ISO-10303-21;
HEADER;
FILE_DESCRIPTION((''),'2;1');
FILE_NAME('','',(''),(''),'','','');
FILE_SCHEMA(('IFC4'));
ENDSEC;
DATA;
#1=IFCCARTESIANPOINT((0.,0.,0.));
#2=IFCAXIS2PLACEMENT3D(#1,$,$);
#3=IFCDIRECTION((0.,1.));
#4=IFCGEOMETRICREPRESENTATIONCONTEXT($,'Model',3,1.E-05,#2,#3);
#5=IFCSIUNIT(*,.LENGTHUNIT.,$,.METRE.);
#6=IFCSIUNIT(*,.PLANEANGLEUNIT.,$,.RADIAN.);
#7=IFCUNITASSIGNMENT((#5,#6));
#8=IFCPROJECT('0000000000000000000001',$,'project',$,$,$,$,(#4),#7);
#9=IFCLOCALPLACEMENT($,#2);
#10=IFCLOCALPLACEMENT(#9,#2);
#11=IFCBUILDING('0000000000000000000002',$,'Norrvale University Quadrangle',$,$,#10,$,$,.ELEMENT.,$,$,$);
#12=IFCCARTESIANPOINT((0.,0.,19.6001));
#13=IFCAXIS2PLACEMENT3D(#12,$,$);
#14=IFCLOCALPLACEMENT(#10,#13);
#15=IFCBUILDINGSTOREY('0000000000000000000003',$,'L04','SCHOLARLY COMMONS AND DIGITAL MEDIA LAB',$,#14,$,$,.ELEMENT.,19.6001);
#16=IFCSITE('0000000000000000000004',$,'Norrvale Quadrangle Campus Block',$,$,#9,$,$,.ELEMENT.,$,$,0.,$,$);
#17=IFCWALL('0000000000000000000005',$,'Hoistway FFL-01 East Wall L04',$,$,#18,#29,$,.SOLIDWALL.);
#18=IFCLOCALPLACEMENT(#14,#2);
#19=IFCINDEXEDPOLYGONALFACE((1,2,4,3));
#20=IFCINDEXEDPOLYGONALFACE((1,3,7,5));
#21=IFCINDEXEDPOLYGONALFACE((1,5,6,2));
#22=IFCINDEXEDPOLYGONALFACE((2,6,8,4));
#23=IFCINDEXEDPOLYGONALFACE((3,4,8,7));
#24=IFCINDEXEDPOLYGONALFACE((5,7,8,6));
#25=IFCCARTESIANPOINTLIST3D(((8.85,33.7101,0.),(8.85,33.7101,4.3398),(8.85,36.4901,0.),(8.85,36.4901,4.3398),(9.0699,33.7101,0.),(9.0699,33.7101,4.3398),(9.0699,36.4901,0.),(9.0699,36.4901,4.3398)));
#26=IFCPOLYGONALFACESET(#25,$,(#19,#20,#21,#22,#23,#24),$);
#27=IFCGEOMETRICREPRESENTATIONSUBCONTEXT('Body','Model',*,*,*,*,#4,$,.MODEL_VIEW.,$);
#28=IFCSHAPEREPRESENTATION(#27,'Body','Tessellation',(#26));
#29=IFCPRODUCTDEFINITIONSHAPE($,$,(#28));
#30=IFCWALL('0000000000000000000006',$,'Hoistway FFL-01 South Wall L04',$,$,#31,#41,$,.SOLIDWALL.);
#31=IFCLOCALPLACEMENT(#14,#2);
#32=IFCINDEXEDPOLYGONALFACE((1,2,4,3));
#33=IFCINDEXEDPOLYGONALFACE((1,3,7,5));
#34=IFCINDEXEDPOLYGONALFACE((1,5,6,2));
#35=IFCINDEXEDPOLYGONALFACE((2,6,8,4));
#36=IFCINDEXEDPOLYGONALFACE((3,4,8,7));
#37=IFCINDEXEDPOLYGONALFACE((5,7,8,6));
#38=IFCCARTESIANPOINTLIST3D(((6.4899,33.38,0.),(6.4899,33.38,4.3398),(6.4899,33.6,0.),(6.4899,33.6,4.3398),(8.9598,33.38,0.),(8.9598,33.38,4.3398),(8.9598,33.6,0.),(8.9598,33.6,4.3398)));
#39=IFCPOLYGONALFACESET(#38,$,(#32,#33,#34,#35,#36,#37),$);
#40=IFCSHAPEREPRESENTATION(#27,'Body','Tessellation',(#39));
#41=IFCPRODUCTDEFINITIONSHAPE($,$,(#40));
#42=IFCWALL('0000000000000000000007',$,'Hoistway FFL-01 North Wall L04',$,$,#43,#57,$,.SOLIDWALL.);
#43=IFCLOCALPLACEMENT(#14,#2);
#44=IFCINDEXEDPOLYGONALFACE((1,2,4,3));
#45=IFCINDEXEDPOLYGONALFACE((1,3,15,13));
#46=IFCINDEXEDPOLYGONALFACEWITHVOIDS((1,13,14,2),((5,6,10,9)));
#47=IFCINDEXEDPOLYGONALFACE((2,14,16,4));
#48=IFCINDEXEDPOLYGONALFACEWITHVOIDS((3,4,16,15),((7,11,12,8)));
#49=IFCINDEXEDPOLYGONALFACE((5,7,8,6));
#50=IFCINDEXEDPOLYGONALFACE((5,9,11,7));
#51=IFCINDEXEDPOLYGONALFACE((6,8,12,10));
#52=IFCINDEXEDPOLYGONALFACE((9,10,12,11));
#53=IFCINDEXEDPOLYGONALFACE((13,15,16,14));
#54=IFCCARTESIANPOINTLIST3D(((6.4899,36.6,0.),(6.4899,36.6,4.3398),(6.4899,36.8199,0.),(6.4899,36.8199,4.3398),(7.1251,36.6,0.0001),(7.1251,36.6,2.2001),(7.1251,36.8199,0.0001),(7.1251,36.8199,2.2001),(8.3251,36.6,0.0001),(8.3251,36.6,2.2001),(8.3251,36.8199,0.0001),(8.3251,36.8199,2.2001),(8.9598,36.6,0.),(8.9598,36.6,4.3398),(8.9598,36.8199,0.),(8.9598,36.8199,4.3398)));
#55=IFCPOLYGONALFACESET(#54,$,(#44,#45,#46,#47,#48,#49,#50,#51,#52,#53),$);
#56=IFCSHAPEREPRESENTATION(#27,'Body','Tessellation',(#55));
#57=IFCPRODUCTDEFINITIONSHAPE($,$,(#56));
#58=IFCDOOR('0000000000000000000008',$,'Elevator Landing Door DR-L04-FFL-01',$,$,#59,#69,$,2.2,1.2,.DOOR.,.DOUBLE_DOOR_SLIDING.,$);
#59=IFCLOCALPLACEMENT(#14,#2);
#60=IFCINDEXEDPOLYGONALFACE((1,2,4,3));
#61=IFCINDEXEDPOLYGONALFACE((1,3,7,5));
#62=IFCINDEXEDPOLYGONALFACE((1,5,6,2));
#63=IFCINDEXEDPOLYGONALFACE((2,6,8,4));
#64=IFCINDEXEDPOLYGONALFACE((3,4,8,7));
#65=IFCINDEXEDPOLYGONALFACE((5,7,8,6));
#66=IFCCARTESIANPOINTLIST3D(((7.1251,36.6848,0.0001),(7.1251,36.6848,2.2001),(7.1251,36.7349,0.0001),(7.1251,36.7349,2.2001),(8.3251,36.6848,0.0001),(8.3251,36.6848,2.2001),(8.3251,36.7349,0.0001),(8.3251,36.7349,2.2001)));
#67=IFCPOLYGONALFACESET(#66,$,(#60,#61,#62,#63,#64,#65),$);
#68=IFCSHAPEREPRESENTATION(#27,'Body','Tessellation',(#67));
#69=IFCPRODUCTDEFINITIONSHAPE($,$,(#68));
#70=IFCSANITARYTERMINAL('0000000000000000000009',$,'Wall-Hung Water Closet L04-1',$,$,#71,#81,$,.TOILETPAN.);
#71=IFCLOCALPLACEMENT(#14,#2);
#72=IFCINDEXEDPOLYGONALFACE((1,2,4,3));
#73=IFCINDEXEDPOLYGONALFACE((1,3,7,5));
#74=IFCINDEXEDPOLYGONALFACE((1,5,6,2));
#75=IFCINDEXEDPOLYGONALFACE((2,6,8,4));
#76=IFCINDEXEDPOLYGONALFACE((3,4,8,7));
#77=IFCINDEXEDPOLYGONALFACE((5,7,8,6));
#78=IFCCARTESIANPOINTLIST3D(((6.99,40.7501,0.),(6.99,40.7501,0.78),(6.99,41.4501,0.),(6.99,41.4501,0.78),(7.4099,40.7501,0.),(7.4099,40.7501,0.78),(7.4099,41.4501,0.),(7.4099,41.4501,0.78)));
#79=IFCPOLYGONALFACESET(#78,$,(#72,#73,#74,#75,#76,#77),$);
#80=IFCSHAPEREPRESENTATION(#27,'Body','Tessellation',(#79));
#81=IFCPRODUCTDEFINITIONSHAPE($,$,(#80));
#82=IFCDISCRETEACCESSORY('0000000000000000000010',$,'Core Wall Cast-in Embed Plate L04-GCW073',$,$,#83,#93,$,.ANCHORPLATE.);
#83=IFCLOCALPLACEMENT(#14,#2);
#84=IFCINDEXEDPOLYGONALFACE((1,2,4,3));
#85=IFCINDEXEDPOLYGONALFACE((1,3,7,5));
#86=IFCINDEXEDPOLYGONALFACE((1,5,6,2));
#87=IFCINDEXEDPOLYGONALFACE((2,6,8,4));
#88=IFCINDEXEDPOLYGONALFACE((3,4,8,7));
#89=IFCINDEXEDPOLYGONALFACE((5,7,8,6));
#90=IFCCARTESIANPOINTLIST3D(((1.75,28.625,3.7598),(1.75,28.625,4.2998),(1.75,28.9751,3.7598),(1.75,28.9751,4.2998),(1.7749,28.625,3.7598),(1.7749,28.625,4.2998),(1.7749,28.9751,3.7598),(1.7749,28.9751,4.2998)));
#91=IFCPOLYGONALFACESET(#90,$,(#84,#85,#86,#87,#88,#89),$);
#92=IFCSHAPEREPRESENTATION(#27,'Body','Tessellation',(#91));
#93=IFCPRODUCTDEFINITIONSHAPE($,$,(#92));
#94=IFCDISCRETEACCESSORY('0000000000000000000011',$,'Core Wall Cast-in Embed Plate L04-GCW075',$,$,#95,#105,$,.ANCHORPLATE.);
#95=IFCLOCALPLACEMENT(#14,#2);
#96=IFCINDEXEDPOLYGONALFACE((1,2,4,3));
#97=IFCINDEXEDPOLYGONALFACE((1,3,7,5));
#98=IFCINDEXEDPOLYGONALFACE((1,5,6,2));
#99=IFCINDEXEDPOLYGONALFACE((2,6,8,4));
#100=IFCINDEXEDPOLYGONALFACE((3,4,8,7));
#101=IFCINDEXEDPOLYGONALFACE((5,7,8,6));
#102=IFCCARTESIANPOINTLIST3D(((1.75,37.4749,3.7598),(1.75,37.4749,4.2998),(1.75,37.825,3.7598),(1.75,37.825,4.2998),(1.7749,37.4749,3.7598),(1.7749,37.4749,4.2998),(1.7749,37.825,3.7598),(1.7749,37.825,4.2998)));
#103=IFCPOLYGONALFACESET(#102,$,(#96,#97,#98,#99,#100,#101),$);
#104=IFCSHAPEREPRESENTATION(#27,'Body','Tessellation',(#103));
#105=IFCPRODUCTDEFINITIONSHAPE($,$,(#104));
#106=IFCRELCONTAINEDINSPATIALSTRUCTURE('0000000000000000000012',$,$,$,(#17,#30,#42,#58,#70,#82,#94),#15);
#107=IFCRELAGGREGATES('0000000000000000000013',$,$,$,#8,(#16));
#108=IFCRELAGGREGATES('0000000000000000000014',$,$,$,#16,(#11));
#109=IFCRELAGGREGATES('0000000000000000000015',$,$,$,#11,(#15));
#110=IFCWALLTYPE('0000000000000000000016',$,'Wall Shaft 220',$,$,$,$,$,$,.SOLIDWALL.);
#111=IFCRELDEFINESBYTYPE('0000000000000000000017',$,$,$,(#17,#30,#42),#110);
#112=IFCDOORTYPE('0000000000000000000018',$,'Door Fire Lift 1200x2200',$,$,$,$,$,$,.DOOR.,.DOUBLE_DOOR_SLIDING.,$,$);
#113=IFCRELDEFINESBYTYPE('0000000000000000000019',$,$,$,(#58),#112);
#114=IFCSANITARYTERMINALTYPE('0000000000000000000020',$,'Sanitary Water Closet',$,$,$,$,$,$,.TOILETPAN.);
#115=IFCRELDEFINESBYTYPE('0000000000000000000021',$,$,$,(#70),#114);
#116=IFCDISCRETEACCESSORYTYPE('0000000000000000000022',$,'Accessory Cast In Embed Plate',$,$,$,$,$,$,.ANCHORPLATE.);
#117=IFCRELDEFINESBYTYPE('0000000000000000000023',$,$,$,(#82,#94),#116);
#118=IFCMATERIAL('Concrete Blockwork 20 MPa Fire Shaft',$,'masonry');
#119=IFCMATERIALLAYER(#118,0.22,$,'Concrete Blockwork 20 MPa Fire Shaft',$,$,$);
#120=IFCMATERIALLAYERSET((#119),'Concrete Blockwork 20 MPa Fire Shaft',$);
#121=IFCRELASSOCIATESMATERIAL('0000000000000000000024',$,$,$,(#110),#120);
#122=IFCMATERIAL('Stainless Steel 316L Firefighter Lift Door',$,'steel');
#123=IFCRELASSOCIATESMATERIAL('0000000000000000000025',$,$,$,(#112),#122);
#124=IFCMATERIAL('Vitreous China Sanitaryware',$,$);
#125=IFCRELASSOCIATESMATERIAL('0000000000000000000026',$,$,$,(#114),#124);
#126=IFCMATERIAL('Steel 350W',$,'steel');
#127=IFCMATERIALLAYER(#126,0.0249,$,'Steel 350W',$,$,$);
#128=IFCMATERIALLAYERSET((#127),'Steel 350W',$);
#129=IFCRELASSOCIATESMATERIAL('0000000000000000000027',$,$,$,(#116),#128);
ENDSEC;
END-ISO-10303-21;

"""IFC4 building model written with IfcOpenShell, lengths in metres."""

from ifc_helpers import new_model, si_unit, direction, frame, frame_2d, origin, origin_2d, place, context, subcontext, project, spatial, rectangle, extrude, material, layer, layer_set, type_object, element, fill, save


model = new_model("IFC4")

# Units and contexts
model_context = context("Model", 3, precision=1e-05, world=origin(), true_north=direction((0.0, 1.0)))
body_context = subcontext(model_context, "Body", "Model", "MODEL_VIEW")
ifc_project = project(units=[si_unit("LENGTHUNIT", "METRE"), si_unit("PLANEANGLEUNIT", "RADIAN")], contexts=[model_context])

# Site, building, storey
site_placement = place(None, origin())
site = spatial("IfcSite", under=ifc_project, at=site_placement, Name="Norrvale Quadrangle Campus Block", CompositionType="ELEMENT", RefElevation=0.0)
building_placement = place(site_placement, origin())
building = spatial("IfcBuilding", under=site, at=building_placement, Name="Norrvale University Quadrangle", CompositionType="ELEMENT")
storey_placement = place(building_placement, frame((0.0, 0.0, 19.6001)))
storey = spatial("IfcBuildingStorey", under=building, at=storey_placement, Name="L04", Description="SCHOLARLY COMMONS AND DIGITAL MEDIA LAB", CompositionType="ELEMENT", Elevation=19.6001)

# Shared definitions
ifc_material_1 = material(Name="Steel 350W", Category="steel")

# Shared definitions
ifc_material_2 = material(Name="Concrete Blockwork 20 MPa Fire Shaft", Category="masonry")
ifc_layer_1 = layer(ifc_material_2, 0.22, Name="Concrete Blockwork 20 MPa Fire Shaft")
ifc_layer_set_1 = layer_set([ifc_layer_1], Name="Concrete Blockwork 20 MPa Fire Shaft")
wall_type_1 = type_object("IfcWallType", Name="Wall Shaft 220", PredefinedType="SOLIDWALL", material=ifc_layer_set_1)

# Walls
for number, where, z_axis, x_axis, name in (
    (1, (8.96, 33.71, 0.0), (0.0, 0.0, 1.0), (0.0, 1.0, 0.0), "Hoistway FFL-01 East Wall L04"),
):
    element("IfcWall", number, at=place(storey_placement, frame(where, z_axis=z_axis, x_axis=x_axis)), inside=storey, type_object=wall_type_1, Name=name, PredefinedType="SOLIDWALL", context=body_context, shape_type="SweptSolid", body=[
        extrude(rectangle(XDim=2.78, YDim=0.22, at=frame_2d((1.3901, 0.0))), origin(), (0.0, 0.0, 1.0), 4.3398),
    ])
wall_1_placement = place(storey_placement, frame((6.49, 33.49, 0.0), z_axis=(0.0, 0.0, 1.0), x_axis=(1.0, 0.0, 0.0)))
element("IfcWall", 2, at=wall_1_placement, inside=storey, type_object=wall_type_1, Name="Hoistway FFL-01 South Wall L04", PredefinedType="SOLIDWALL", context=body_context, shape_type="SweptSolid", body=[
    extrude(rectangle(XDim=2.47, YDim=0.22, at=frame_2d((1.2349, 0.0))), origin(), (0.0, 0.0, 1.0), 4.3398),
])

# Wall, opening, door
wall_2_placement = place(storey_placement, frame((6.49, 36.71, 0.0), z_axis=(0.0, 0.0, 1.0), x_axis=(1.0, 0.0, 0.0)))
wall_2 = element("IfcWall", 3, at=wall_2_placement, inside=storey, type_object=wall_type_1, Name="Hoistway FFL-01 North Wall L04", PredefinedType="SOLIDWALL", context=body_context, shape_type="SweptSolid", body=[
    extrude(rectangle(XDim=2.47, YDim=0.22, at=frame_2d((1.2349, 0.0))), origin(), (0.0, 0.0, 1.0), 4.3398),
])
opening_1_placement = place(wall_2_placement, frame((0.635, 0.0, 0.0)))
opening_1 = element("IfcOpeningElement", 4, at=opening_1_placement, cuts=wall_2, PredefinedType="OPENING", context=body_context, shape_type="SweptSolid", body=[
    extrude(rectangle(XDim=1.2, YDim=2.2, at=frame_2d((0.6001, 1.1001))), frame((0.0, 0.1221, 0.0), z_axis=(0.0, -1.0, 0.0), x_axis=(1.0, 0.0, 0.0)), (0.0, 0.0, 1.0), 0.2439),
])
ifc_material_3 = material(Name="Stainless Steel 316L Firefighter Lift Door", Category="steel")
door_type_1 = type_object("IfcDoorType", Name="Door Fire Lift 1200x2200", OperationType="DOUBLE_DOOR_SLIDING", PredefinedType="DOOR", material=ifc_material_3)
door_1_placement = place(opening_1_placement, origin())
door_1 = element("IfcDoor", 5, at=door_1_placement, inside=storey, type_object=door_type_1, Name="Elevator Landing Door DR-L04-FFL-01", OperationType="DOUBLE_DOOR_SLIDING", OverallHeight=2.2, OverallWidth=1.2, PredefinedType="DOOR", context=body_context, shape_type="SweptSolid", body=[
    extrude(rectangle(XDim=1.2, YDim=2.2, at=frame_2d((0.6001, 1.1001))), frame((0.0, 0.0249, 0.0), z_axis=(0.0, -1.0, 0.0), x_axis=(1.0, 0.0, 0.0)), (0.0, 0.0, 1.0), 0.05),
])
fill(opening_1, door_1)

# Sanitary terminal
ifc_material_4 = material(Name="Vitreous China Sanitaryware")
sanitary_terminal_type = type_object("IfcSanitaryTerminalType", Name="Sanitary Water Closet", PredefinedType="TOILETPAN", material=ifc_material_4)
sanitary_terminal_placement = place(storey_placement, frame((7.2, 41.1001, 0.0), z_axis=(0.0, 0.0, 1.0), x_axis=(1.0, 0.0, 0.0)))
element("IfcSanitaryTerminal", 6, at=sanitary_terminal_placement, inside=storey, type_object=sanitary_terminal_type, Name="Wall-Hung Water Closet L04-1", PredefinedType="TOILETPAN", context=body_context, shape_type="SweptSolid", body=[
    extrude(rectangle(XDim=0.4199, YDim=0.7, at=origin_2d()), origin(), (0.0, 0.0, 1.0), 0.78),
])

# Discrete accessories
ifc_layer_2 = layer(ifc_material_1, 0.0249, Name="Steel 350W")
ifc_layer_set_2 = layer_set([ifc_layer_2], Name="Steel 350W")
discrete_accessory_type = type_object("IfcDiscreteAccessoryType", Name="Accessory Cast In Embed Plate", PredefinedType="ANCHORPLATE", material=ifc_layer_set_2)
for number, where, z_axis, x_axis, name in (
    (7, (1.7625, 28.8, 3.7598), (0.0, 0.0, 1.0), (1.0, 0.0, 0.0), "Core Wall Cast-in Embed Plate L04-GCW073"),
    (8, (1.7625, 37.6499, 3.7598), (0.0, 0.0, 1.0), (1.0, 0.0, 0.0), "Core Wall Cast-in Embed Plate L04-GCW075"),
):
    element("IfcDiscreteAccessory", number, at=place(storey_placement, frame(where, z_axis=z_axis, x_axis=x_axis)), inside=storey, type_object=discrete_accessory_type, Name=name, PredefinedType="ANCHORPLATE", context=body_context, shape_type="SweptSolid", body=[
        extrude(rectangle(XDim=0.0249, YDim=0.3501, at=origin_2d()), origin(), (0.0, 0.0, 1.0), 0.54),
    ])

save(model, "model.ifc")
